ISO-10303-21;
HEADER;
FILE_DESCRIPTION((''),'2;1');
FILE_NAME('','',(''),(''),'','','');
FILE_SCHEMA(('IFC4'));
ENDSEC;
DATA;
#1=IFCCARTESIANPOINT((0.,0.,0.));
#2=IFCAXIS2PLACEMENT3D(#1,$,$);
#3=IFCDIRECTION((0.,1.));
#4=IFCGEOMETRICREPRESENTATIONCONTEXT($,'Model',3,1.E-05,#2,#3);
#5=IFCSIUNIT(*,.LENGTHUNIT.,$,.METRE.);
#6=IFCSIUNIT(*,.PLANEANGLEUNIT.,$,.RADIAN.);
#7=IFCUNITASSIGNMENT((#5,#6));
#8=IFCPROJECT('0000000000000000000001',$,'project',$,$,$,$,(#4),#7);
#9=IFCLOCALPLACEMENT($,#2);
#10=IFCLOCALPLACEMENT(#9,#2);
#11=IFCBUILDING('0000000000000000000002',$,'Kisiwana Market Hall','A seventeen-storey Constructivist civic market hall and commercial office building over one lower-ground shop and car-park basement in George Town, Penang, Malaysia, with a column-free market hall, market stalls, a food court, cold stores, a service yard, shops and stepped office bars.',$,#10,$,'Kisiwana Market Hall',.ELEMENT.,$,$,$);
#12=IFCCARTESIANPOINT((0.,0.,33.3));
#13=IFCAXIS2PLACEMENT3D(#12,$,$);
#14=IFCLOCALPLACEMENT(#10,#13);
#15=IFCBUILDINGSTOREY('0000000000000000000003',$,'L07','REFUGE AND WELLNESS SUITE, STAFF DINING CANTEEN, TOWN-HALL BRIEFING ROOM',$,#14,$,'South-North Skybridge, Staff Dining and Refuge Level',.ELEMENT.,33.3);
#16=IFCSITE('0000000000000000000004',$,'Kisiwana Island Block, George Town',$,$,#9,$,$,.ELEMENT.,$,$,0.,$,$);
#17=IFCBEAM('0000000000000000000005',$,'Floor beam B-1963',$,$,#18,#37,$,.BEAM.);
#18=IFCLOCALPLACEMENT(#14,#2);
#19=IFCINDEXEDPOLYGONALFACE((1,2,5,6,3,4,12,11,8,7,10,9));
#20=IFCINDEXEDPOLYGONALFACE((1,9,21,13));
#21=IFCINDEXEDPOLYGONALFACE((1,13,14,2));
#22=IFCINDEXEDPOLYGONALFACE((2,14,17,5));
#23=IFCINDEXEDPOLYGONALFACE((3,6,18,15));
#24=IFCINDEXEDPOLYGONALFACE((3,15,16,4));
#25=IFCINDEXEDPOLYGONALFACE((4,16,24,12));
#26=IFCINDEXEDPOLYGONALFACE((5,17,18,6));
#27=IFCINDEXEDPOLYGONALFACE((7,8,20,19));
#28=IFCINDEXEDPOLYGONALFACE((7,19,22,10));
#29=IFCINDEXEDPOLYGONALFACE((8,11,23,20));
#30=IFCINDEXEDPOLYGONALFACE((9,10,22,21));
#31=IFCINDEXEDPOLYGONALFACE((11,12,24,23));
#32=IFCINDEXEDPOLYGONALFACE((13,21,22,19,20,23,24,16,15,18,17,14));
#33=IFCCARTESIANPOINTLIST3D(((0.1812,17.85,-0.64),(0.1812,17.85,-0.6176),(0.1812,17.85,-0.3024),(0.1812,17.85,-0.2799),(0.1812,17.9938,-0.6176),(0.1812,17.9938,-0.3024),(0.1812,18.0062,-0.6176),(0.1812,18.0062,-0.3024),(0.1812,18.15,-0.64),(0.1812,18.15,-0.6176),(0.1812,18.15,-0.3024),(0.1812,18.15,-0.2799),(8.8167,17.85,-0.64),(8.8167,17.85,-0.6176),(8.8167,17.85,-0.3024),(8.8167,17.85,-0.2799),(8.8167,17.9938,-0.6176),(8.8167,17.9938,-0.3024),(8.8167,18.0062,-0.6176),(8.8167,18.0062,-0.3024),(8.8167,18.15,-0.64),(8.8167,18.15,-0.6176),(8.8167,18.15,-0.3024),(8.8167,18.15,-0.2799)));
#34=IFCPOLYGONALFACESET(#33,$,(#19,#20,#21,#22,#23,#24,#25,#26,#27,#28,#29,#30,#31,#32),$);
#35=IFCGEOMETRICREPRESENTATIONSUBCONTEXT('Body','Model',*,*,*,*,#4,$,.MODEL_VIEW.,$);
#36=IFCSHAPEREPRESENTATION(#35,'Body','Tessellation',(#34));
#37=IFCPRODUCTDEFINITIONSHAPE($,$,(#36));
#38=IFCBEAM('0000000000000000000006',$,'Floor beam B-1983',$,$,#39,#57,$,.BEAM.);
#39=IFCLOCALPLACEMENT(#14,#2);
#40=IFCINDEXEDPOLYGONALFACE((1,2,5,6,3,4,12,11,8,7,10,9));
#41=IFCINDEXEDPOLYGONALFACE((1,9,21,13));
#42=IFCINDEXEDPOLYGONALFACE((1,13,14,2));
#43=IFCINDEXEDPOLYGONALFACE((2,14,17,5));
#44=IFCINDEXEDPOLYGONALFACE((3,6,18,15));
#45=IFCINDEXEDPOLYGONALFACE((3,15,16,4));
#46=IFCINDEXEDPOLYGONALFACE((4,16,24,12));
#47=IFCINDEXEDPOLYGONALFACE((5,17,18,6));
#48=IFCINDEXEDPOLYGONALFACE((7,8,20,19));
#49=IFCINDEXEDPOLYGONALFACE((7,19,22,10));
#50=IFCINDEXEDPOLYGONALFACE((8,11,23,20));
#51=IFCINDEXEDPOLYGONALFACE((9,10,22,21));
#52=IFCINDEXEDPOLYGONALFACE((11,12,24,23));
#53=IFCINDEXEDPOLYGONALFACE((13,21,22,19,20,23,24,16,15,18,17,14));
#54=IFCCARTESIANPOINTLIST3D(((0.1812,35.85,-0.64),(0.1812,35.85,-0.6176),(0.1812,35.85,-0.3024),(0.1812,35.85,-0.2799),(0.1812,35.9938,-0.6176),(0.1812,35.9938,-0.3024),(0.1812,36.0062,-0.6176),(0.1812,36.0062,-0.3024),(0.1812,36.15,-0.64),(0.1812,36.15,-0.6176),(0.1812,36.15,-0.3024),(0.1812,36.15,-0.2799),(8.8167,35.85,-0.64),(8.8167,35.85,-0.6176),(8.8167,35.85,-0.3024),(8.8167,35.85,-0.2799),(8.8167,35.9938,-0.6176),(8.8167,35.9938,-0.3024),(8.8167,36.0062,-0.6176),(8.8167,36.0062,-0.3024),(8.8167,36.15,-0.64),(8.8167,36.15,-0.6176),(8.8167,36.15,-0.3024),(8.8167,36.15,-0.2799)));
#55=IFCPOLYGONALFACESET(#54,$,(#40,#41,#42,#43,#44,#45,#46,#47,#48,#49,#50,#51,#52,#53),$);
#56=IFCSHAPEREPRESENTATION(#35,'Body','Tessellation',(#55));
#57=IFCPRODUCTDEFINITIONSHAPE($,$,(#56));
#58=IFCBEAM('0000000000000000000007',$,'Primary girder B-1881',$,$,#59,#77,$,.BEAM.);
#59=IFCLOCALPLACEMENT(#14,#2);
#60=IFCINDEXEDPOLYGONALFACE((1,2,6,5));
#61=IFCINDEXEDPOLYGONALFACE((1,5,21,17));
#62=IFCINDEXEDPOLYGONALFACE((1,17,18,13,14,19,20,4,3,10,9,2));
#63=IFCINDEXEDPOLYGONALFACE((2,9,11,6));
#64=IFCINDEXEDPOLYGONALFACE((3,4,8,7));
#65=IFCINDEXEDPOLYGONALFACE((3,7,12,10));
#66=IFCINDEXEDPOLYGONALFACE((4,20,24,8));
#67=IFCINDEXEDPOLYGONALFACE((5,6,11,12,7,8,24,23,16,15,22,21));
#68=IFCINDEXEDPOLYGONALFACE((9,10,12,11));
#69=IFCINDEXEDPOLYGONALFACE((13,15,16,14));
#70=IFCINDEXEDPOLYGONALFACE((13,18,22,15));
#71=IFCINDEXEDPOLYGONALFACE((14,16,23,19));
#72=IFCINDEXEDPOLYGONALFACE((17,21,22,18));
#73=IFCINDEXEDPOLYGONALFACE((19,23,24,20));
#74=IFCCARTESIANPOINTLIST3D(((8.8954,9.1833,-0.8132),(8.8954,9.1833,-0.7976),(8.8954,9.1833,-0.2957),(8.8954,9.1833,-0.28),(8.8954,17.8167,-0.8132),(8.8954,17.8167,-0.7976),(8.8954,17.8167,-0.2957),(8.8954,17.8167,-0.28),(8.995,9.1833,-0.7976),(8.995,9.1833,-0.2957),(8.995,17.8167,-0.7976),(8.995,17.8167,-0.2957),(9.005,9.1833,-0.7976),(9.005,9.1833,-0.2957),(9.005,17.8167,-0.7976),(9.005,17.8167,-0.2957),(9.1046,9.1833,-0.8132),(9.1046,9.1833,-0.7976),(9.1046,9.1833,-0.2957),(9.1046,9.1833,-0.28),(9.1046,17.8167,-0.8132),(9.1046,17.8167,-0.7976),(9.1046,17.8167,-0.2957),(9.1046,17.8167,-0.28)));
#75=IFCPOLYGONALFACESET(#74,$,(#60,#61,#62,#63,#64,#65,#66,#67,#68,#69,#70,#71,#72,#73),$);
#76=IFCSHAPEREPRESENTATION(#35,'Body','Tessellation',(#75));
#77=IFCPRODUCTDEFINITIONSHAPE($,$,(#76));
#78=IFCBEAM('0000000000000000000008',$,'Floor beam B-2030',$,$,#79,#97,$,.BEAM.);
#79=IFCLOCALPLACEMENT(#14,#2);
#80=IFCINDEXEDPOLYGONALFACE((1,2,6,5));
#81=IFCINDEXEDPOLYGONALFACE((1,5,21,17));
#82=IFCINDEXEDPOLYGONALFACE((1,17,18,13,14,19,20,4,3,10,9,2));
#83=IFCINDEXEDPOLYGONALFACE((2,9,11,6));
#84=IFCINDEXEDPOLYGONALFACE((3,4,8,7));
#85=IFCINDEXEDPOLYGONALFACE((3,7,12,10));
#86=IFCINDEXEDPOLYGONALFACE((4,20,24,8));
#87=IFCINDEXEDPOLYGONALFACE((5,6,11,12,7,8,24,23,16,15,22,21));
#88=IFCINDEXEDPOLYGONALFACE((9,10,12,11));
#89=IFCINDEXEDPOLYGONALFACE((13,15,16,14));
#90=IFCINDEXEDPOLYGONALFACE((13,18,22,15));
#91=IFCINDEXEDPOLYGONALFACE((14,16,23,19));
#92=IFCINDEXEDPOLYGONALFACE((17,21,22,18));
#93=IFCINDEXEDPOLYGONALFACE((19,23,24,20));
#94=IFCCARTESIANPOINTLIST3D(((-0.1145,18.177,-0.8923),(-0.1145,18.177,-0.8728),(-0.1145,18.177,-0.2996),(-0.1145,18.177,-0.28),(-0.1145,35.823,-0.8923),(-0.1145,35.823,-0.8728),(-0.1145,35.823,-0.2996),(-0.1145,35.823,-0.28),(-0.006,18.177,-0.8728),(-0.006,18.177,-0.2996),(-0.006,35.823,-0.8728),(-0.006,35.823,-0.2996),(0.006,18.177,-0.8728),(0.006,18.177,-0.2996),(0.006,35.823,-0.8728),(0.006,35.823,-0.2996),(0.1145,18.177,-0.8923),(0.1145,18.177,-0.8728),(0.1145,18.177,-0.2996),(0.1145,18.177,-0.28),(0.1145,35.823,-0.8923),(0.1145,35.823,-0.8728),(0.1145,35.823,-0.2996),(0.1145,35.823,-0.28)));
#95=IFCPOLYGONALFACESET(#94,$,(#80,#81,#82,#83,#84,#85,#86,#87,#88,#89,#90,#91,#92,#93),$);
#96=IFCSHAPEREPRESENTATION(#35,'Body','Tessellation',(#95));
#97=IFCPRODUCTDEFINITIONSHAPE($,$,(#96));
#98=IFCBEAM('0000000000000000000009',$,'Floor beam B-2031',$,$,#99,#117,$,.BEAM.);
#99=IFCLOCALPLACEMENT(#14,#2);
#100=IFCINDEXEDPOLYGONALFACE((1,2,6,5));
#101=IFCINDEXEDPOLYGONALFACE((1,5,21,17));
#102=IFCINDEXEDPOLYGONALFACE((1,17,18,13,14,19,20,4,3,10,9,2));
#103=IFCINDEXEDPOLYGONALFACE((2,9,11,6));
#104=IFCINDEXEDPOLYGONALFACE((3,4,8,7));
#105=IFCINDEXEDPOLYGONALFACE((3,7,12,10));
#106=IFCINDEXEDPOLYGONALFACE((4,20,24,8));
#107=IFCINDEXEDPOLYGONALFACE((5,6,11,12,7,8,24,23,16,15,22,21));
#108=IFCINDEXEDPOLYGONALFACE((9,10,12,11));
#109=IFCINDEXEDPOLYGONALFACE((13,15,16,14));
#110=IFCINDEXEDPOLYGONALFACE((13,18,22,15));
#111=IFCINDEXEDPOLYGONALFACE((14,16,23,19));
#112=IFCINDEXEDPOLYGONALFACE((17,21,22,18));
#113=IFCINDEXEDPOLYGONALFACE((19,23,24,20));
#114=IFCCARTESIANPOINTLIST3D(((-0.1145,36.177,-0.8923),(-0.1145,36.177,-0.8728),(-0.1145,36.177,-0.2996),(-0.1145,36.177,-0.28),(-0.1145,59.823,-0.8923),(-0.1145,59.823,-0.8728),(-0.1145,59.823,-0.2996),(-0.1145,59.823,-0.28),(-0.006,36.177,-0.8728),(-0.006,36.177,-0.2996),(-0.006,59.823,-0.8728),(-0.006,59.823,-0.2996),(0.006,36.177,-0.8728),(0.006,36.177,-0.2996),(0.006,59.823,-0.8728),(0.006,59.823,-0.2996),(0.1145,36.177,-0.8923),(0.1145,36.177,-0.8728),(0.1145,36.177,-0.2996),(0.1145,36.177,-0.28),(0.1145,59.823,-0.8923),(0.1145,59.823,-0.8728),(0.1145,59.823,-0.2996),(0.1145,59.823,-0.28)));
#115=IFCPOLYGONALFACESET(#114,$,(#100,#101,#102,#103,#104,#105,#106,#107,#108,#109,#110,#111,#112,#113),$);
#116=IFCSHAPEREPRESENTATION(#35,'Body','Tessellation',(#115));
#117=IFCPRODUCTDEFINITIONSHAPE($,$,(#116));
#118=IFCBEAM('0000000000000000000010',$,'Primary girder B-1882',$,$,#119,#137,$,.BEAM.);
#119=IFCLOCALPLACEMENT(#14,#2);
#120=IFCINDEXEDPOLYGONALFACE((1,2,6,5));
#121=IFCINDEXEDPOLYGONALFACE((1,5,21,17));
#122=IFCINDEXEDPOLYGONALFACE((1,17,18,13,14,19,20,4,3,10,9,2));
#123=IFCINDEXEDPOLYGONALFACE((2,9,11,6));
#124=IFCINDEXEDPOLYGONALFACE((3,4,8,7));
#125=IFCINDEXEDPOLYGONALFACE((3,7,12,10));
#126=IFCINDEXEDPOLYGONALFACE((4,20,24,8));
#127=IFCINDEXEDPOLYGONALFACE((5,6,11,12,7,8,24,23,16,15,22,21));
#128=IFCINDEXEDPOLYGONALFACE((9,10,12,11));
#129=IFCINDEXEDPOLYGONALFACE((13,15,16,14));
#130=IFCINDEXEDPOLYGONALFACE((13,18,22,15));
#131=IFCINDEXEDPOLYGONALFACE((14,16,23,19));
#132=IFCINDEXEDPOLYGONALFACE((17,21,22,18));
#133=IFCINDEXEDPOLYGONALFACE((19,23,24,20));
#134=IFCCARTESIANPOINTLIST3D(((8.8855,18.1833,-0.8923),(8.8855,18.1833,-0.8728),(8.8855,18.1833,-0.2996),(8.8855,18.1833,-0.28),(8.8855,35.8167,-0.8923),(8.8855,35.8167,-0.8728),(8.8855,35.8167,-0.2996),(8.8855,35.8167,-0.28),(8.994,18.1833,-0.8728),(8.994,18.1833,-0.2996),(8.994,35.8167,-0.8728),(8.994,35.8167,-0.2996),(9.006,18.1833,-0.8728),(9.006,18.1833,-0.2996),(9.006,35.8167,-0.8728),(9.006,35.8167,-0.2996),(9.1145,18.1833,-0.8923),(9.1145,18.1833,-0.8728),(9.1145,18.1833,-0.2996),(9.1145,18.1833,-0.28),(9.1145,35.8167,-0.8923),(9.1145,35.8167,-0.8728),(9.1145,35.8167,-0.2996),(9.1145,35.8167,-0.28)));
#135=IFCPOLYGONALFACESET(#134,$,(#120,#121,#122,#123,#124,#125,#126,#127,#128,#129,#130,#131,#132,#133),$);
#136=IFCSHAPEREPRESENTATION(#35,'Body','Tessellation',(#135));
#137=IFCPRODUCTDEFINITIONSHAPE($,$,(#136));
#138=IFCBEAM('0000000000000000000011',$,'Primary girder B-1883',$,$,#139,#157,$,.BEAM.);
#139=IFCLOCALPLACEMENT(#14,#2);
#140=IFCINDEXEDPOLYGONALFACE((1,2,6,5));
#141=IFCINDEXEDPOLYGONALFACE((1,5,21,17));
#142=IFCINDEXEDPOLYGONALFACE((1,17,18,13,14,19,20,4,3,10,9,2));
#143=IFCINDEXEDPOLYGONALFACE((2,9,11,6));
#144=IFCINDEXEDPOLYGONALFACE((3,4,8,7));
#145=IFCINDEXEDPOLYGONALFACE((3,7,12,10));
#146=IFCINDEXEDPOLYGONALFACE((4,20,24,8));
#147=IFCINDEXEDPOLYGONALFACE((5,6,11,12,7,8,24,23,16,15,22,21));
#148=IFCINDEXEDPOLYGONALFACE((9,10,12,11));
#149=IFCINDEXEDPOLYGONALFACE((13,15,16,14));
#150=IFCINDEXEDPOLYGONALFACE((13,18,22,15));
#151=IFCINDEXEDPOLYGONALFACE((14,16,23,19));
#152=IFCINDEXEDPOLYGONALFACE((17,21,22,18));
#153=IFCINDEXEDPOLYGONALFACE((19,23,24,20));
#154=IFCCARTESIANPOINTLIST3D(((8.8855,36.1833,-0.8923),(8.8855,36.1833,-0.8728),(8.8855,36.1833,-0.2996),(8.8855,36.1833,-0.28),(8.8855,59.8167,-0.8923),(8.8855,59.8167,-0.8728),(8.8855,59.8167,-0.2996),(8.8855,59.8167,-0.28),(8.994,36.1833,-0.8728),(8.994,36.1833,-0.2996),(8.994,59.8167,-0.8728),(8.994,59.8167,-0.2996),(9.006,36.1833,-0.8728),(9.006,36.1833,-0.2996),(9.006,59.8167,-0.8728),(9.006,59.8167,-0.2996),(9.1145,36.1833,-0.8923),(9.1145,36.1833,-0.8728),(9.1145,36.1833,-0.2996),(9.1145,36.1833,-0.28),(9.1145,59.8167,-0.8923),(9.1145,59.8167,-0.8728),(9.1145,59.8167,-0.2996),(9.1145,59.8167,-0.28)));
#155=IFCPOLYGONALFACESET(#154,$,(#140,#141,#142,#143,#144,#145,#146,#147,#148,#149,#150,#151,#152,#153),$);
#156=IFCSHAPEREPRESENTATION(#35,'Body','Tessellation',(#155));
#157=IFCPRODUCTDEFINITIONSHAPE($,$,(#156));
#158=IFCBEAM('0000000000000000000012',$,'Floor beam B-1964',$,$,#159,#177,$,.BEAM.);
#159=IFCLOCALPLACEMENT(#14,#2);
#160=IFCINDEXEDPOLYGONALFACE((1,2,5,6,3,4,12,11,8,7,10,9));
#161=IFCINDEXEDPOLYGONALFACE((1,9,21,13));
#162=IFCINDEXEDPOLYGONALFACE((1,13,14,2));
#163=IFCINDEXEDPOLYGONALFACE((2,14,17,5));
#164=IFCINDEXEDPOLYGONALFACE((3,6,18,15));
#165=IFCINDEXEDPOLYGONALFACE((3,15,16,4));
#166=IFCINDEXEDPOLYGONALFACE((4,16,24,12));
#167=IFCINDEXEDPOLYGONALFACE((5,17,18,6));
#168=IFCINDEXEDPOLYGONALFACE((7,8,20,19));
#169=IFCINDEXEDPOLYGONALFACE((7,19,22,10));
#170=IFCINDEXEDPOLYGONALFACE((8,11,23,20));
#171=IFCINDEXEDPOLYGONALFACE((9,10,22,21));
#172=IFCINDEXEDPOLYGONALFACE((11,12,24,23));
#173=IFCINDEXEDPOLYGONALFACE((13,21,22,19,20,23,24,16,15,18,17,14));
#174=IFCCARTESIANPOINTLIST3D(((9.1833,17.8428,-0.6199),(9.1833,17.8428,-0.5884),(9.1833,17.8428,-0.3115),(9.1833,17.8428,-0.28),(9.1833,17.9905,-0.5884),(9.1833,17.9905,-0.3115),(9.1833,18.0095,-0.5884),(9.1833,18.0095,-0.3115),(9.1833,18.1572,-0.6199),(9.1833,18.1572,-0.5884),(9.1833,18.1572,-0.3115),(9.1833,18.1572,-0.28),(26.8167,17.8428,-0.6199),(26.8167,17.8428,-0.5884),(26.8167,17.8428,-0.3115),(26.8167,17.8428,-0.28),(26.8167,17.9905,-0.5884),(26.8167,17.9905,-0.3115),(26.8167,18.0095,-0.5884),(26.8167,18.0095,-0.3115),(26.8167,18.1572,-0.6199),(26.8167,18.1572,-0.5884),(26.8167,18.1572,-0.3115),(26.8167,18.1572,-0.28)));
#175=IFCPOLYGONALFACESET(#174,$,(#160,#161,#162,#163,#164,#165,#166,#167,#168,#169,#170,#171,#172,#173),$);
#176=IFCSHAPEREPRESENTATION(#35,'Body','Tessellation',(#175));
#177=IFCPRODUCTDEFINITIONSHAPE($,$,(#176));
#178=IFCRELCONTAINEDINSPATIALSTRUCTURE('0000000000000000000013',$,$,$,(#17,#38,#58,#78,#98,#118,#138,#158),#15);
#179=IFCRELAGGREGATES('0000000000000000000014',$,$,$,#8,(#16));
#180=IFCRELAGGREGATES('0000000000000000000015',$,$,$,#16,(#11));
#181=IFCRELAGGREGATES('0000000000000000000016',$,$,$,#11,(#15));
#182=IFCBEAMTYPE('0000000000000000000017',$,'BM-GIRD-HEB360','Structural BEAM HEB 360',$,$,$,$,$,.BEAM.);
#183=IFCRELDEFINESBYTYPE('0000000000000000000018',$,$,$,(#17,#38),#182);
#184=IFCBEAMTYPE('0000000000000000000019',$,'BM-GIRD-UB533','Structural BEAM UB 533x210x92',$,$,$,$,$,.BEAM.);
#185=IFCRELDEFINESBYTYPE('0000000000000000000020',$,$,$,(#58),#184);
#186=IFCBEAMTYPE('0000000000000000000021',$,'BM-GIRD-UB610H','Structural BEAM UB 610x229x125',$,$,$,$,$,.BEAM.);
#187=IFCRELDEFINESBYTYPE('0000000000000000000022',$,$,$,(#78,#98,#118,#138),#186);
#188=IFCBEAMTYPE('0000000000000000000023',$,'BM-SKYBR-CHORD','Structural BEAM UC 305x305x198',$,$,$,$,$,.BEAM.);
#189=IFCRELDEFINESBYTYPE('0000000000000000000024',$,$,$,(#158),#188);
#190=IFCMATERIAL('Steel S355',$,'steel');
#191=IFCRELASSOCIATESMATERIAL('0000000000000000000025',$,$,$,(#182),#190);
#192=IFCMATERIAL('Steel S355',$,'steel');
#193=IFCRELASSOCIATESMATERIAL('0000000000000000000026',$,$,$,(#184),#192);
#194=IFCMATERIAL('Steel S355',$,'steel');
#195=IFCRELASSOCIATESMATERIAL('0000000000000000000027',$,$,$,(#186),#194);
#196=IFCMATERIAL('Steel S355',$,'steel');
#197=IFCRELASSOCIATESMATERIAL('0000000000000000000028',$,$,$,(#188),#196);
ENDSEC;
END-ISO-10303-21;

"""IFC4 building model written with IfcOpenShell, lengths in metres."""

from ifc_helpers import new_model, si_unit, direction, frame, origin, origin_2d, place, context, subcontext, project, spatial, i_section, extrude, material, material_profile, profile_set, type_object, element, save


model = new_model("IFC4")

# Units and contexts
model_context = context("Model", 3, precision=1e-05, world=origin(), true_north=direction((0.0, 1.0)))
body_context = subcontext(model_context, "Body", "Model", "MODEL_VIEW")
ifc_project = project(units=[si_unit("LENGTHUNIT", "METRE"), si_unit("PLANEANGLEUNIT", "RADIAN")], contexts=[model_context])

# Site, building, storey
site_placement = place(None, origin())
site = spatial("IfcSite", under=ifc_project, at=site_placement, Name="Kisiwana Island Block, George Town", CompositionType="ELEMENT", RefElevation=0.0)
building_placement = place(site_placement, origin())
building = spatial("IfcBuilding", under=site, at=building_placement, Name="Kisiwana Market Hall", Description="A seventeen-storey Constructivist civic market hall and commercial office building over one lower-ground shop and car-park basement in George Town, Penang, Malaysia, with a column-free market hall, market stalls, a food court, cold stores, a service yard, shops and stepped office bars.", LongName="Kisiwana Market Hall", CompositionType="ELEMENT")
storey_placement = place(building_placement, frame((0.0, 0.0, 33.3)))
storey = spatial("IfcBuildingStorey", under=building, at=storey_placement, Name="L07", Description="REFUGE AND WELLNESS SUITE, STAFF DINING CANTEEN, TOWN-HALL BRIEFING ROOM", LongName="South-North Skybridge, Staff Dining and Refuge Level", CompositionType="ELEMENT", Elevation=33.3)

# Beams
ifc_material_1 = material(Name="Steel S355", Category="steel")
ifc_material_profile_1 = material_profile(ifc_material_1, i_section(OverallWidth=0.3, OverallDepth=0.3601, WebThickness=0.0125, FlangeThickness=0.0225, at=origin_2d()), Name="HEB 360")
ifc_profile_set_1 = profile_set([ifc_material_profile_1], Name="Steel S355")
beam_type_1 = type_object("IfcBeamType", Name="BM-GIRD-HEB360", Description="Structural BEAM HEB 360", PredefinedType="BEAM", material=ifc_profile_set_1)
for number, where, z_axis, x_axis, name in (
    (1, (0.1812, 18.0, -0.46), (1.0, 0.0, 0.0), (0.0, 1.0, 0.0), "Floor beam B-1963"),
    (2, (0.1812, 36.0, -0.46), (1.0, 0.0, 0.0), (0.0, 1.0, 0.0), "Floor beam B-1983"),
):
    element("IfcBeam", number, at=place(storey_placement, frame(where, z_axis=z_axis, x_axis=x_axis)), inside=storey, type_object=beam_type_1, Name=name, PredefinedType="BEAM", context=body_context, shape_type="SweptSolid", body=[
        extrude(i_section(OverallWidth=0.3, OverallDepth=0.3601, WebThickness=0.0125, FlangeThickness=0.0225, at=origin_2d()), origin(), (0.0, 0.0, 1.0), 8.6355),
    ])
ifc_material_2 = material(Name="Steel S355", Category="steel")
ifc_material_profile_2 = material_profile(ifc_material_2, i_section(OverallWidth=0.2092, OverallDepth=0.5332, WebThickness=0.01, FlangeThickness=0.0156, at=origin_2d()), Name="UB 533x210x92")
ifc_profile_set_2 = profile_set([ifc_material_profile_2], Name="Steel S355")
beam_type_2 = type_object("IfcBeamType", Name="BM-GIRD-UB533", Description="Structural BEAM UB 533x210x92", PredefinedType="BEAM", material=ifc_profile_set_2)
beam_1_placement = place(storey_placement, frame((9.0, 9.1833, -0.5466), z_axis=(0.0, 1.0, 0.0), x_axis=(-1.0, 0.0, 0.0)))
element("IfcBeam", 3, at=beam_1_placement, inside=storey, type_object=beam_type_2, Name="Primary girder B-1881", PredefinedType="BEAM", context=body_context, shape_type="SweptSolid", body=[
    extrude(i_section(OverallWidth=0.2092, OverallDepth=0.5332, WebThickness=0.01, FlangeThickness=0.0156, at=origin_2d()), origin(), (0.0, 0.0, 1.0), 8.6333),
])
ifc_material_3 = material(Name="Steel S355", Category="steel")
ifc_material_profile_3 = material_profile(ifc_material_3, i_section(OverallWidth=0.229, OverallDepth=0.6123, WebThickness=0.012, FlangeThickness=0.0195, at=origin_2d()), Name="UB 610x229x125")
ifc_profile_set_3 = profile_set([ifc_material_profile_3], Name="Steel S355")
beam_type_3 = type_object("IfcBeamType", Name="BM-GIRD-UB610H", Description="Structural BEAM UB 610x229x125", PredefinedType="BEAM", material=ifc_profile_set_3)
beam_2_placement = place(storey_placement, frame((0.0, 18.177, -0.5862), z_axis=(0.0, 1.0, 0.0), x_axis=(-1.0, 0.0, 0.0)))
element("IfcBeam", 4, at=beam_2_placement, inside=storey, type_object=beam_type_3, Name="Floor beam B-2030", PredefinedType="BEAM", context=body_context, shape_type="SweptSolid", body=[
    extrude(i_section(OverallWidth=0.229, OverallDepth=0.6123, WebThickness=0.012, FlangeThickness=0.0195, at=origin_2d()), origin(), (0.0, 0.0, 1.0), 17.646),
])
beam_3_placement = place(storey_placement, frame((0.0, 36.177, -0.5862), z_axis=(0.0, 1.0, 0.0), x_axis=(-1.0, 0.0, 0.0)))
element("IfcBeam", 5, at=beam_3_placement, inside=storey, type_object=beam_type_3, Name="Floor beam B-2031", PredefinedType="BEAM", context=body_context, shape_type="SweptSolid", body=[
    extrude(i_section(OverallWidth=0.229, OverallDepth=0.6123, WebThickness=0.012, FlangeThickness=0.0195, at=origin_2d()), origin(), (0.0, 0.0, 1.0), 23.646),
])
beam_4_placement = place(storey_placement, frame((9.0, 18.1833, -0.5862), z_axis=(0.0, 1.0, 0.0), x_axis=(-1.0, 0.0, 0.0)))
element("IfcBeam", 6, at=beam_4_placement, inside=storey, type_object=beam_type_3, Name="Primary girder B-1882", PredefinedType="BEAM", context=body_context, shape_type="SweptSolid", body=[
    extrude(i_section(OverallWidth=0.229, OverallDepth=0.6123, WebThickness=0.012, FlangeThickness=0.0195, at=origin_2d()), origin(), (0.0, 0.0, 1.0), 17.6333),
])
beam_5_placement = place(storey_placement, frame((9.0, 36.1833, -0.5862), z_axis=(0.0, 1.0, 0.0), x_axis=(-1.0, 0.0, 0.0)))
element("IfcBeam", 7, at=beam_5_placement, inside=storey, type_object=beam_type_3, Name="Primary girder B-1883", PredefinedType="BEAM", context=body_context, shape_type="SweptSolid", body=[
    extrude(i_section(OverallWidth=0.229, OverallDepth=0.6123, WebThickness=0.012, FlangeThickness=0.0195, at=origin_2d()), origin(), (0.0, 0.0, 1.0), 23.6333),
])
ifc_material_4 = material(Name="Steel S355", Category="steel")
ifc_material_profile_4 = material_profile(ifc_material_4, i_section(OverallWidth=0.3145, OverallDepth=0.3398, WebThickness=0.019, FlangeThickness=0.0315, at=origin_2d()), Name="UC 305x305x198")
ifc_profile_set_4 = profile_set([ifc_material_profile_4], Name="Steel S355")
beam_type_4 = type_object("IfcBeamType", Name="BM-SKYBR-CHORD", Description="Structural BEAM UC 305x305x198", PredefinedType="BEAM", material=ifc_profile_set_4)
for number, where, z_axis, x_axis, name in (
    (8, (9.1833, 18.0, -0.45), (1.0, 0.0, 0.0), (0.0, 1.0, 0.0), "Floor beam B-1964"),
):
    element("IfcBeam", number, at=place(storey_placement, frame(where, z_axis=z_axis, x_axis=x_axis)), inside=storey, type_object=beam_type_4, Name=name, PredefinedType="BEAM", context=body_context, shape_type="SweptSolid", body=[
        extrude(i_section(OverallWidth=0.3145, OverallDepth=0.3398, WebThickness=0.019, FlangeThickness=0.0315, at=origin_2d()), origin(), (0.0, 0.0, 1.0), 17.6333),
    ])

save(model, "model.ifc")
